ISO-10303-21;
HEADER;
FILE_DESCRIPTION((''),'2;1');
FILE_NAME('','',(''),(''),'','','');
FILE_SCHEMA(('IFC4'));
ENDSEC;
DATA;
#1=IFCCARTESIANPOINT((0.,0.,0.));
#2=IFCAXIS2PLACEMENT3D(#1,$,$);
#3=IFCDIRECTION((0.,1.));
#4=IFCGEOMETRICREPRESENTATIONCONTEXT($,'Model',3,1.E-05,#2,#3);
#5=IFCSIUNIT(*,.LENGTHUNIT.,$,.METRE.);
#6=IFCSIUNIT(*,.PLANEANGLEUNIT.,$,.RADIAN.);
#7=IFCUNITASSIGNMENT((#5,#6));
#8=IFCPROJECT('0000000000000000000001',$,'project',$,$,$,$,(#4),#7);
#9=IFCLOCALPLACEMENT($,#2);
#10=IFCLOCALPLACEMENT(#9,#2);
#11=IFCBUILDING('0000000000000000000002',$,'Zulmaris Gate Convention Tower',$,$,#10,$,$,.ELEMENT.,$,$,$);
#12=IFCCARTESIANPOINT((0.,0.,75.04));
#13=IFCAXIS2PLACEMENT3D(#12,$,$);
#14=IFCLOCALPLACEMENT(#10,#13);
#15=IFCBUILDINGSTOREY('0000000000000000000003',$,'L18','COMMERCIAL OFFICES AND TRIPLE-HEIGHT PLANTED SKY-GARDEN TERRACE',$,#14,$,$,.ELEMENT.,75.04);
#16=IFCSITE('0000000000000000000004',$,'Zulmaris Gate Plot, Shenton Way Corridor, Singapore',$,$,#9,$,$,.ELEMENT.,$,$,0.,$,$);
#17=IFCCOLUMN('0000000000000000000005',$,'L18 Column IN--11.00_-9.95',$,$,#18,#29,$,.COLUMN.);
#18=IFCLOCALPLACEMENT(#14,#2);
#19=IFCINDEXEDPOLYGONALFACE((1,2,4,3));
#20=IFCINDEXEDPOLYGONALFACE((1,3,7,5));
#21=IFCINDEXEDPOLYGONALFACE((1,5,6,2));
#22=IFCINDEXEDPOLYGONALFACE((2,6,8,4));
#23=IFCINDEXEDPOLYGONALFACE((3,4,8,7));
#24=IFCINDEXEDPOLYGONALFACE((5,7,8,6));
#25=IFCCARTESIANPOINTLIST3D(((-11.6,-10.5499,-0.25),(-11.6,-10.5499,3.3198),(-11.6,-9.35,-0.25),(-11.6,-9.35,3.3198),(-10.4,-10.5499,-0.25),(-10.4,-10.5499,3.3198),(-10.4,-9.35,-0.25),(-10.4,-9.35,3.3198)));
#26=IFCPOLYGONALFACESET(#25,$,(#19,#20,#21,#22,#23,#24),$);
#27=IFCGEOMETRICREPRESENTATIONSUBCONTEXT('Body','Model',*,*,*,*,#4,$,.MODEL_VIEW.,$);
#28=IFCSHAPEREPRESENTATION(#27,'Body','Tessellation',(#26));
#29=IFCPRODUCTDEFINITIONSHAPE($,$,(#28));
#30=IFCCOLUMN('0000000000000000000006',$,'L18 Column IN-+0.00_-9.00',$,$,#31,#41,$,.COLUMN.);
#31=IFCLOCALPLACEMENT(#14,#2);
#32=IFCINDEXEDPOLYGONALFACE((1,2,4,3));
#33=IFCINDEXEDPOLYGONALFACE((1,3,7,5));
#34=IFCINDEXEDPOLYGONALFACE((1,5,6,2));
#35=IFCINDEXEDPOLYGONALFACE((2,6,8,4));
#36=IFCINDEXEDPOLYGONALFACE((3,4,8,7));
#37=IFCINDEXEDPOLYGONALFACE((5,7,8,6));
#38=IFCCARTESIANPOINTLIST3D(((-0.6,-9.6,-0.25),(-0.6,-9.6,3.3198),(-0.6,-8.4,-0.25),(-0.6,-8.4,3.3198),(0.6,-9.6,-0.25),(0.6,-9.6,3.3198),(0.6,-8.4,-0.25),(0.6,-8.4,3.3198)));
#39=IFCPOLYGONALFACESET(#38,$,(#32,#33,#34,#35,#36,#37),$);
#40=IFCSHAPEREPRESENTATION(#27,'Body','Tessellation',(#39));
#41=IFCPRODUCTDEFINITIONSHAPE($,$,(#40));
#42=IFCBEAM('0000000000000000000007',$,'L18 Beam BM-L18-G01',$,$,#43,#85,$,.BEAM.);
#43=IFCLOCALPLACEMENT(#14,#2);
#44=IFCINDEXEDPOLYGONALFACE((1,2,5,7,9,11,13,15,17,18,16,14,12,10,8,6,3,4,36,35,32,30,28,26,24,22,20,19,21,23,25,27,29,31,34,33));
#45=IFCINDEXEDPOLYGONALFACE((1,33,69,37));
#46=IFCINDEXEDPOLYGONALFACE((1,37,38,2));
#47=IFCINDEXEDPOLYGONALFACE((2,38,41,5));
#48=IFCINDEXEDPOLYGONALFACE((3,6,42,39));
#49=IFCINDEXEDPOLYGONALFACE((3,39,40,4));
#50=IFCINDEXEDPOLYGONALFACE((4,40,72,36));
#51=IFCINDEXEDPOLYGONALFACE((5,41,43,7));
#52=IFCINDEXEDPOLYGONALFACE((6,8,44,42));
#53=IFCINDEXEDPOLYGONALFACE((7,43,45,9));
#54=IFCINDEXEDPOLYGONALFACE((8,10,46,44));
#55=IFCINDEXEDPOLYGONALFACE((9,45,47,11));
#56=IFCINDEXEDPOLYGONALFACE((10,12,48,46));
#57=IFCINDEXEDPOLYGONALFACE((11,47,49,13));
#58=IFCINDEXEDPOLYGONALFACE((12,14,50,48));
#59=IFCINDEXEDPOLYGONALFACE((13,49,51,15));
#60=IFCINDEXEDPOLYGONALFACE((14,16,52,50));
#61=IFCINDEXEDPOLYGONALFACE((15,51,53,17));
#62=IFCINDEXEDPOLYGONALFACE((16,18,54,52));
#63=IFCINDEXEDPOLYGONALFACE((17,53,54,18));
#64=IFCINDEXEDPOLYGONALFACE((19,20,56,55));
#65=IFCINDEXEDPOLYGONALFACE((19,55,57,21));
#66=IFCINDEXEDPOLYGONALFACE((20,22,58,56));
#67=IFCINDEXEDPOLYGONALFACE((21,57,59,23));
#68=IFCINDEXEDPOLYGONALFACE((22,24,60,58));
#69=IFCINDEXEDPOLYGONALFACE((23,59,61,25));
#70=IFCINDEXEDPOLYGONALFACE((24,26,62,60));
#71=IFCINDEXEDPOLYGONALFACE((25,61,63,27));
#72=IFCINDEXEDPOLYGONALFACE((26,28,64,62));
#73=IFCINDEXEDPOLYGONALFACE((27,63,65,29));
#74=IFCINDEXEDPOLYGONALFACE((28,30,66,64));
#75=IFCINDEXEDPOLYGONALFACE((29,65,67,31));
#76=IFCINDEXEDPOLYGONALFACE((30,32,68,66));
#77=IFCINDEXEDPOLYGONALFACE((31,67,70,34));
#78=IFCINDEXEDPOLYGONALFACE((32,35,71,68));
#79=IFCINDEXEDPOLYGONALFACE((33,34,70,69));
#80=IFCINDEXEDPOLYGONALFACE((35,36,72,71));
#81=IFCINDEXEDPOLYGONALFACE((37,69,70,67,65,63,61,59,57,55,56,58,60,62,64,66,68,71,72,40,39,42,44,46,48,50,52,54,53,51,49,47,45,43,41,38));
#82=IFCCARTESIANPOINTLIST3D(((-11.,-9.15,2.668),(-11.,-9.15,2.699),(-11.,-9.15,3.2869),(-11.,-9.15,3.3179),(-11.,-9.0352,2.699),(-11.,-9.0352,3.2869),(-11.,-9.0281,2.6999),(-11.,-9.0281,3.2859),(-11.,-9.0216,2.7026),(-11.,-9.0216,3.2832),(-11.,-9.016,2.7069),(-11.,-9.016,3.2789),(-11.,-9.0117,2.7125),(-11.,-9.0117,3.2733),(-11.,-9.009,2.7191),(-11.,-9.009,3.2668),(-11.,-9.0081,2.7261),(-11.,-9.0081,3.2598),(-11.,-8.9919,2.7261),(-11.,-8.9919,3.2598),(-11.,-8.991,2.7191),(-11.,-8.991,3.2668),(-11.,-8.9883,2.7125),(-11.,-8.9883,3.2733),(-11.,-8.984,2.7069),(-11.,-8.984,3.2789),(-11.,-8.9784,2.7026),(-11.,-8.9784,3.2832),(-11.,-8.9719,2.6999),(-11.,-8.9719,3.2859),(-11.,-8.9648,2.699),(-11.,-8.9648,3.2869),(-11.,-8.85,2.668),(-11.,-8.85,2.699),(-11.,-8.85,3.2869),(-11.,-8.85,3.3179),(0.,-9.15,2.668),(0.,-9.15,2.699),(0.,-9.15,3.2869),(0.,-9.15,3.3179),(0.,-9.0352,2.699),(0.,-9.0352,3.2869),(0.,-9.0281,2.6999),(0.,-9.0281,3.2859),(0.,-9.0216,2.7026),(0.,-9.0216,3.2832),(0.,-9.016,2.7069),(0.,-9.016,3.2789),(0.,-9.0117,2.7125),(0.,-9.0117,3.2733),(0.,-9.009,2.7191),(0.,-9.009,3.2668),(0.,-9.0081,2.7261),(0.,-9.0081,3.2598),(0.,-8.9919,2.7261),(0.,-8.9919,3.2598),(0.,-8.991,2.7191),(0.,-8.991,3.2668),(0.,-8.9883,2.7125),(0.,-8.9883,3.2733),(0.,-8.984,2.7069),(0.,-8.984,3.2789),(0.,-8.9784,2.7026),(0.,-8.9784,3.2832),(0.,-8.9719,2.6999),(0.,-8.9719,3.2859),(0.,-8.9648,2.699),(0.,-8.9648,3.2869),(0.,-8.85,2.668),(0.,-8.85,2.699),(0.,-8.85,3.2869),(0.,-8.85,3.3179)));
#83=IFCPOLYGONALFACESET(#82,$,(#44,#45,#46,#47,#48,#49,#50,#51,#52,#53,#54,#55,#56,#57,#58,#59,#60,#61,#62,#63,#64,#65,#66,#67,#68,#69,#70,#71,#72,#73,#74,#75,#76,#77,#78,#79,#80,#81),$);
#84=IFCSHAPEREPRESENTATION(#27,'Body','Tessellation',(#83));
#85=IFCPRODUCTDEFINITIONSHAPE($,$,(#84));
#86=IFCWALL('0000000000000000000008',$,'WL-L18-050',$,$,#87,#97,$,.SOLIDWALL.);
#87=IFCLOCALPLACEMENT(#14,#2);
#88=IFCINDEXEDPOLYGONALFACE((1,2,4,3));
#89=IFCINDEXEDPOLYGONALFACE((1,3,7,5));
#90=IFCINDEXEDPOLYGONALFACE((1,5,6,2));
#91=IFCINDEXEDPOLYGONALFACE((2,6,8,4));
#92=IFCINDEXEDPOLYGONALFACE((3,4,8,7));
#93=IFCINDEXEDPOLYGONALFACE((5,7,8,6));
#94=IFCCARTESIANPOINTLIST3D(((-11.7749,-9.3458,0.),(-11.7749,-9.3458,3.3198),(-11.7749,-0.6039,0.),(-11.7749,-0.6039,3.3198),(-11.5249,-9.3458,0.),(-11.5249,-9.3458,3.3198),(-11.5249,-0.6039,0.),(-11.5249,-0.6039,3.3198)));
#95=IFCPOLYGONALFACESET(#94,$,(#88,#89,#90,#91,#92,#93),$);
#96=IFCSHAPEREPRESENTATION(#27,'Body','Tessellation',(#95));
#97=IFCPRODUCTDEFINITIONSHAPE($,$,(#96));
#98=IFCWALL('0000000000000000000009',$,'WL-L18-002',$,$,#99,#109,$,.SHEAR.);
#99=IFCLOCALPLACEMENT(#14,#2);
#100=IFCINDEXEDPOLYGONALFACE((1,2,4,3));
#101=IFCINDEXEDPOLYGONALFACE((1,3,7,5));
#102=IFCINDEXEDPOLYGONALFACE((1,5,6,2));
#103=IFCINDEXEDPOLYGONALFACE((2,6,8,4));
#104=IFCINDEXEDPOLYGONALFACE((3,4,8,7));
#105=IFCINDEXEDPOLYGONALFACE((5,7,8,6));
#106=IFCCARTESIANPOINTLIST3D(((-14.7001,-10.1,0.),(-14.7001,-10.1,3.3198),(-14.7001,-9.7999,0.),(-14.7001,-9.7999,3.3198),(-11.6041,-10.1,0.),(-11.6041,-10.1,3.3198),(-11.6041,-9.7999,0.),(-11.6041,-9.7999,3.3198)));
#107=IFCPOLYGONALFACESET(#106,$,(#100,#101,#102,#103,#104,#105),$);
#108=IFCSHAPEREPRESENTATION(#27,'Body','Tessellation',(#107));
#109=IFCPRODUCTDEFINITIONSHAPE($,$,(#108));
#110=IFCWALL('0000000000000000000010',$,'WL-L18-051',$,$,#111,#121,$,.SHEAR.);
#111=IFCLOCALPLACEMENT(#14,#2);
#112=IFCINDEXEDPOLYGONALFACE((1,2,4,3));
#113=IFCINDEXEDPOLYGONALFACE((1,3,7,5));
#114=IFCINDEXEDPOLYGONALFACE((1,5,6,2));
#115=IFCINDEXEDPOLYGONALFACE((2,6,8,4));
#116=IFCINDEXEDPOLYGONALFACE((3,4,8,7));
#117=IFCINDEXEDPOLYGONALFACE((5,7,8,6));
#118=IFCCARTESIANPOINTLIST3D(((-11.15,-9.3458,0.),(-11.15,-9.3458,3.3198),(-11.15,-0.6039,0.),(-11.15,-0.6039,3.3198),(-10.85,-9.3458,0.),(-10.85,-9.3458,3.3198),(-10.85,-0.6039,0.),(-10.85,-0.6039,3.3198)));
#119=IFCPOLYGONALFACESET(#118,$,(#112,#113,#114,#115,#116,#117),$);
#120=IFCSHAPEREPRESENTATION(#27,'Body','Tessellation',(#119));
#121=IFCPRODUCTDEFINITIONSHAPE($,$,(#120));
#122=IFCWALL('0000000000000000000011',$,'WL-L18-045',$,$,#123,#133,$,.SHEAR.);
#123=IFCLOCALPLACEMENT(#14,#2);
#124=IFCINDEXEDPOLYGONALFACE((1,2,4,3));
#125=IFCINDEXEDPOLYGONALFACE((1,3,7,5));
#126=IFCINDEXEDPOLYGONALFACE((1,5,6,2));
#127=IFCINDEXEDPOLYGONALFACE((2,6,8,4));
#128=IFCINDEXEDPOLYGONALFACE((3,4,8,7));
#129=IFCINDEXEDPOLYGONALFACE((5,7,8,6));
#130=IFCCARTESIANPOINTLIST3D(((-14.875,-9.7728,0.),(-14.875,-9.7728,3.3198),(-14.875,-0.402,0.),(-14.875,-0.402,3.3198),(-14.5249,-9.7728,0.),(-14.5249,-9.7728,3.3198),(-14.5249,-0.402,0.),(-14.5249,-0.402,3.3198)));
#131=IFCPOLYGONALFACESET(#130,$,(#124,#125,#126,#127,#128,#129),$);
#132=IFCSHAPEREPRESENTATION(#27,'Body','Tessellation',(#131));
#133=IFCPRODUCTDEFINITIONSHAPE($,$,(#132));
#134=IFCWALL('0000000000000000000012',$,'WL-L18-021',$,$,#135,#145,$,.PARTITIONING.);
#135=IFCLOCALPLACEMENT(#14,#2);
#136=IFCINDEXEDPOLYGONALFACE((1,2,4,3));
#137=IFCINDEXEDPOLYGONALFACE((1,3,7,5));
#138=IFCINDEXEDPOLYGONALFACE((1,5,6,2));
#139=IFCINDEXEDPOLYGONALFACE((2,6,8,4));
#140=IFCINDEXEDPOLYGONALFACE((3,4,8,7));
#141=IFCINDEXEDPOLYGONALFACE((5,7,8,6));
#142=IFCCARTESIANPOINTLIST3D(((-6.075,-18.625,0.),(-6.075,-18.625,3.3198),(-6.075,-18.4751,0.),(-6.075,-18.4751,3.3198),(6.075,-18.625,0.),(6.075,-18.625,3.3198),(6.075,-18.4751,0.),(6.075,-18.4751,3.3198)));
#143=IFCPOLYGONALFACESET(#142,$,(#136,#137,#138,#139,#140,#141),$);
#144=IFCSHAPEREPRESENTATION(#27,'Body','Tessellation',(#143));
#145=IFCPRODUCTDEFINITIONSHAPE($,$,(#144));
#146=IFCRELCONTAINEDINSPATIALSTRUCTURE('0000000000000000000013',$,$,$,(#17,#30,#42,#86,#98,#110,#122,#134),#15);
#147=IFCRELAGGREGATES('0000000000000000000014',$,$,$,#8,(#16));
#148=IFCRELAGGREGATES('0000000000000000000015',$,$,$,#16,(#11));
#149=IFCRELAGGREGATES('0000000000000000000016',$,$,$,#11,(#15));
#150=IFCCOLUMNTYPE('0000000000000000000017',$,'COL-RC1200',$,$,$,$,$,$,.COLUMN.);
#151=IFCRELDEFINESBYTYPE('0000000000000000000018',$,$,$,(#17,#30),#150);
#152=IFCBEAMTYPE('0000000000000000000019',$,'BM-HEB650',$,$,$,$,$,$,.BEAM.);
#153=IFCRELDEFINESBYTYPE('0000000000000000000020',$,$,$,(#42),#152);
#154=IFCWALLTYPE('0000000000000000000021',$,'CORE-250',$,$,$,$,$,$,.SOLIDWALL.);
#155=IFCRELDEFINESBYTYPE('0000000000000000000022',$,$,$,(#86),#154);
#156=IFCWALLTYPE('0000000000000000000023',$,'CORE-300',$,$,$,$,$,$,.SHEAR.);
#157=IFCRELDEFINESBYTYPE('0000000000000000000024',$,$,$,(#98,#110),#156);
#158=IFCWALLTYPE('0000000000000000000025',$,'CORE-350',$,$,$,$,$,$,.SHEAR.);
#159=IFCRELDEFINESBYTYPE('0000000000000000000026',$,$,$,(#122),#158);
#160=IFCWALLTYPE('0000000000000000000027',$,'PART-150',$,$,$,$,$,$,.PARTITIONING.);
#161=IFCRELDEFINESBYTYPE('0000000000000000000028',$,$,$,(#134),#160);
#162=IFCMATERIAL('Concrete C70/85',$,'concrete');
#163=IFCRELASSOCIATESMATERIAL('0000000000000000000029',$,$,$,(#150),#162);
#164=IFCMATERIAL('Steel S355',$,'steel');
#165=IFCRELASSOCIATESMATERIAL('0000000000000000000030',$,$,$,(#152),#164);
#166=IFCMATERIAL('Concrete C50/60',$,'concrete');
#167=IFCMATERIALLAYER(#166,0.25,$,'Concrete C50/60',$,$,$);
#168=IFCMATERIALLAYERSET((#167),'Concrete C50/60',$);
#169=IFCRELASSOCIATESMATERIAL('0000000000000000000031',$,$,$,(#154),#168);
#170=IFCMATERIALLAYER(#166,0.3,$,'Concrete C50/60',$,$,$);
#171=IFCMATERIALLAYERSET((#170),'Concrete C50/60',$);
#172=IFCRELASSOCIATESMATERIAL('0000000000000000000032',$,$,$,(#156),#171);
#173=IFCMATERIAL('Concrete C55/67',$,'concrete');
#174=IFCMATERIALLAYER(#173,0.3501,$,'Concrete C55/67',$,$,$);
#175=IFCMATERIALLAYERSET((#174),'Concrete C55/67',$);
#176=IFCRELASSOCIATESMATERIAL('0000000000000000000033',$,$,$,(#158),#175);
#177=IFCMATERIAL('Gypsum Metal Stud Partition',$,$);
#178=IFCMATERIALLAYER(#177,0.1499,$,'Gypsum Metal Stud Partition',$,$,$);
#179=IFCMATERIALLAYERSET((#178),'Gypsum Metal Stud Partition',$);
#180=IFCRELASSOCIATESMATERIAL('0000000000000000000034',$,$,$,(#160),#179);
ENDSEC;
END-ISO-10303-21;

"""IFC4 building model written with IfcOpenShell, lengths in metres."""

from ifc_helpers import new_model, si_unit, direction, frame, frame_2d, origin, origin_2d, place, context, subcontext, project, spatial, rectangle, i_section, extrude, material, layer, layer_set, material_profile, profile_set, type_object, element, save


model = new_model("IFC4")

# Units and contexts
model_context = context("Model", 3, precision=1e-05, world=origin(), true_north=direction((0.0, 1.0)))
body_context = subcontext(model_context, "Body", "Model", "MODEL_VIEW")
ifc_project = project(units=[si_unit("LENGTHUNIT", "METRE"), si_unit("PLANEANGLEUNIT", "RADIAN")], contexts=[model_context])

# Site, building, storey
site_placement = place(None, origin())
site = spatial("IfcSite", under=ifc_project, at=site_placement, Name="Zulmaris Gate Plot, Shenton Way Corridor, Singapore", CompositionType="ELEMENT", RefElevation=0.0)
building_placement = place(site_placement, origin())
building = spatial("IfcBuilding", under=site, at=building_placement, Name="Zulmaris Gate Convention Tower", CompositionType="ELEMENT")
storey_placement = place(building_placement, frame((0.0, 0.0, 75.04)))
storey = spatial("IfcBuildingStorey", under=building, at=storey_placement, Name="L18", Description="COMMERCIAL OFFICES AND TRIPLE-HEIGHT PLANTED SKY-GARDEN TERRACE", CompositionType="ELEMENT", Elevation=75.04)

# Columns
ifc_material_1 = material(Name="Concrete C70/85", Category="concrete")
ifc_material_profile_1 = material_profile(ifc_material_1, rectangle(XDim=1.2, YDim=1.2, at=origin_2d()), Name="RC COL 1200x1200")
ifc_profile_set_1 = profile_set([ifc_material_profile_1], Name="Concrete C70/85")
column_type = type_object("IfcColumnType", Name="COL-RC1200", PredefinedType="COLUMN", material=ifc_profile_set_1)
for number, where, z_axis, x_axis, name in (
    (1, (-11.0, -9.95, -0.25), (0.0, 0.0, 1.0), (1.0, 0.0, 0.0), "L18 Column IN--11.00_-9.95"),
    (2, (0.0, -9.0, -0.25), (0.0, 0.0, 1.0), (1.0, 0.0, 0.0), "L18 Column IN-+0.00_-9.00"),
):
    element("IfcColumn", number, at=place(storey_placement, frame(where, z_axis=z_axis, x_axis=x_axis)), inside=storey, type_object=column_type, Name=name, PredefinedType="COLUMN", context=body_context, shape_type="SweptSolid", body=[
        extrude(rectangle(XDim=1.2, YDim=1.2, at=origin_2d()), origin(), (0.0, 0.0, 1.0), 3.5698),
    ])

# Beam
ifc_material_2 = material(Name="Steel S355", Category="steel")
ifc_material_profile_2 = material_profile(ifc_material_2, i_section(OverallWidth=0.3, OverallDepth=0.6499, WebThickness=0.0161, FlangeThickness=0.031, FilletRadius=0.0271, at=origin_2d()), Name="HEB 650")
ifc_profile_set_2 = profile_set([ifc_material_profile_2], Name="Steel S355")
beam_type = type_object("IfcBeamType", Name="BM-HEB650", PredefinedType="BEAM", material=ifc_profile_set_2)
beam_placement = place(storey_placement, frame((-11.0, -9.0, 2.9929), z_axis=(1.0, 0.0, 0.0), x_axis=(0.0, 1.0, 0.0)))
element("IfcBeam", 3, at=beam_placement, inside=storey, type_object=beam_type, Name="L18 Beam BM-L18-G01", PredefinedType="BEAM", context=body_context, shape_type="SweptSolid", body=[
    extrude(i_section(OverallWidth=0.3, OverallDepth=0.6499, WebThickness=0.0161, FlangeThickness=0.031, FilletRadius=0.0271, at=origin_2d()), origin(), (0.0, 0.0, 1.0), 11.0),
])

# Walls
ifc_material_3 = material(Name="Concrete C50/60", Category="concrete")
ifc_layer_1 = layer(ifc_material_3, 0.25, Name="Concrete C50/60")
ifc_layer_set_1 = layer_set([ifc_layer_1], Name="Concrete C50/60")
wall_type_1 = type_object("IfcWallType", Name="CORE-250", PredefinedType="SOLIDWALL", material=ifc_layer_set_1)
wall_1_placement = place(storey_placement, frame((-11.6499, -9.3459, 0.0), z_axis=(0.0, 0.0, 1.0), x_axis=(0.0, 1.0, 0.0)))
element("IfcWall", 4, at=wall_1_placement, inside=storey, type_object=wall_type_1, Name="WL-L18-050", PredefinedType="SOLIDWALL", context=body_context, shape_type="SweptSolid", body=[
    extrude(rectangle(XDim=8.7419, YDim=0.25, at=frame_2d((4.3711, 0.0))), origin(), (0.0, 0.0, 1.0), 3.3198),
])
ifc_layer_2 = layer(ifc_material_3, 0.3, Name="Concrete C50/60")
ifc_layer_set_2 = layer_set([ifc_layer_2], Name="Concrete C50/60")
wall_type_2 = type_object("IfcWallType", Name="CORE-300", PredefinedType="SHEAR", material=ifc_layer_set_2)
wall_2_placement = place(storey_placement, frame((-14.7, -9.95, 0.0), z_axis=(0.0, 0.0, 1.0), x_axis=(1.0, 0.0, 0.0)))
element("IfcWall", 5, at=wall_2_placement, inside=storey, type_object=wall_type_2, Name="WL-L18-002", PredefinedType="SHEAR", context=body_context, shape_type="SweptSolid", body=[
    extrude(rectangle(XDim=3.0959, YDim=0.3, at=frame_2d((1.5479, 0.0))), origin(), (0.0, 0.0, 1.0), 3.3198),
])
wall_3_placement = place(storey_placement, frame((-11.0, -9.3459, 0.0), z_axis=(0.0, 0.0, 1.0), x_axis=(0.0, 1.0, 0.0)))
element("IfcWall", 6, at=wall_3_placement, inside=storey, type_object=wall_type_2, Name="WL-L18-051", PredefinedType="SHEAR", context=body_context, shape_type="SweptSolid", body=[
    extrude(rectangle(XDim=8.7419, YDim=0.3, at=frame_2d((4.3711, 0.0))), origin(), (0.0, 0.0, 1.0), 3.3198),
])
ifc_material_4 = material(Name="Concrete C55/67", Category="concrete")
ifc_layer_3 = layer(ifc_material_4, 0.3501, Name="Concrete C55/67")
ifc_layer_set_3 = layer_set([ifc_layer_3], Name="Concrete C55/67")
wall_type_3 = type_object("IfcWallType", Name="CORE-350", PredefinedType="SHEAR", material=ifc_layer_set_3)
wall_4_placement = place(storey_placement, frame((-14.7, -9.7729, 0.0), z_axis=(0.0, 0.0, 1.0), x_axis=(0.0, 1.0, 0.0)))
element("IfcWall", 7, at=wall_4_placement, inside=storey, type_object=wall_type_3, Name="WL-L18-045", PredefinedType="SHEAR", context=body_context, shape_type="SweptSolid", body=[
    extrude(rectangle(XDim=9.3708, YDim=0.3501, at=frame_2d((4.6855, 0.0))), origin(), (0.0, 0.0, 1.0), 3.3198),
])
ifc_material_5 = material(Name="Gypsum Metal Stud Partition")
ifc_layer_4 = layer(ifc_material_5, 0.1499, Name="Gypsum Metal Stud Partition")
ifc_layer_set_4 = layer_set([ifc_layer_4], Name="Gypsum Metal Stud Partition")
wall_type_4 = type_object("IfcWallType", Name="PART-150", PredefinedType="PARTITIONING", material=ifc_layer_set_4)
wall_5_placement = place(storey_placement, frame((-6.075, -18.55, 0.0), z_axis=(0.0, 0.0, 1.0), x_axis=(1.0, 0.0, 0.0)))
element("IfcWall", 8, at=wall_5_placement, inside=storey, type_object=wall_type_4, Name="WL-L18-021", PredefinedType="PARTITIONING", context=body_context, shape_type="SweptSolid", body=[
    extrude(rectangle(XDim=12.1499, YDim=0.1499, at=frame_2d((6.075, 0.0))), origin(), (0.0, 0.0, 1.0), 3.3198),
])

save(model, "model.ifc")
